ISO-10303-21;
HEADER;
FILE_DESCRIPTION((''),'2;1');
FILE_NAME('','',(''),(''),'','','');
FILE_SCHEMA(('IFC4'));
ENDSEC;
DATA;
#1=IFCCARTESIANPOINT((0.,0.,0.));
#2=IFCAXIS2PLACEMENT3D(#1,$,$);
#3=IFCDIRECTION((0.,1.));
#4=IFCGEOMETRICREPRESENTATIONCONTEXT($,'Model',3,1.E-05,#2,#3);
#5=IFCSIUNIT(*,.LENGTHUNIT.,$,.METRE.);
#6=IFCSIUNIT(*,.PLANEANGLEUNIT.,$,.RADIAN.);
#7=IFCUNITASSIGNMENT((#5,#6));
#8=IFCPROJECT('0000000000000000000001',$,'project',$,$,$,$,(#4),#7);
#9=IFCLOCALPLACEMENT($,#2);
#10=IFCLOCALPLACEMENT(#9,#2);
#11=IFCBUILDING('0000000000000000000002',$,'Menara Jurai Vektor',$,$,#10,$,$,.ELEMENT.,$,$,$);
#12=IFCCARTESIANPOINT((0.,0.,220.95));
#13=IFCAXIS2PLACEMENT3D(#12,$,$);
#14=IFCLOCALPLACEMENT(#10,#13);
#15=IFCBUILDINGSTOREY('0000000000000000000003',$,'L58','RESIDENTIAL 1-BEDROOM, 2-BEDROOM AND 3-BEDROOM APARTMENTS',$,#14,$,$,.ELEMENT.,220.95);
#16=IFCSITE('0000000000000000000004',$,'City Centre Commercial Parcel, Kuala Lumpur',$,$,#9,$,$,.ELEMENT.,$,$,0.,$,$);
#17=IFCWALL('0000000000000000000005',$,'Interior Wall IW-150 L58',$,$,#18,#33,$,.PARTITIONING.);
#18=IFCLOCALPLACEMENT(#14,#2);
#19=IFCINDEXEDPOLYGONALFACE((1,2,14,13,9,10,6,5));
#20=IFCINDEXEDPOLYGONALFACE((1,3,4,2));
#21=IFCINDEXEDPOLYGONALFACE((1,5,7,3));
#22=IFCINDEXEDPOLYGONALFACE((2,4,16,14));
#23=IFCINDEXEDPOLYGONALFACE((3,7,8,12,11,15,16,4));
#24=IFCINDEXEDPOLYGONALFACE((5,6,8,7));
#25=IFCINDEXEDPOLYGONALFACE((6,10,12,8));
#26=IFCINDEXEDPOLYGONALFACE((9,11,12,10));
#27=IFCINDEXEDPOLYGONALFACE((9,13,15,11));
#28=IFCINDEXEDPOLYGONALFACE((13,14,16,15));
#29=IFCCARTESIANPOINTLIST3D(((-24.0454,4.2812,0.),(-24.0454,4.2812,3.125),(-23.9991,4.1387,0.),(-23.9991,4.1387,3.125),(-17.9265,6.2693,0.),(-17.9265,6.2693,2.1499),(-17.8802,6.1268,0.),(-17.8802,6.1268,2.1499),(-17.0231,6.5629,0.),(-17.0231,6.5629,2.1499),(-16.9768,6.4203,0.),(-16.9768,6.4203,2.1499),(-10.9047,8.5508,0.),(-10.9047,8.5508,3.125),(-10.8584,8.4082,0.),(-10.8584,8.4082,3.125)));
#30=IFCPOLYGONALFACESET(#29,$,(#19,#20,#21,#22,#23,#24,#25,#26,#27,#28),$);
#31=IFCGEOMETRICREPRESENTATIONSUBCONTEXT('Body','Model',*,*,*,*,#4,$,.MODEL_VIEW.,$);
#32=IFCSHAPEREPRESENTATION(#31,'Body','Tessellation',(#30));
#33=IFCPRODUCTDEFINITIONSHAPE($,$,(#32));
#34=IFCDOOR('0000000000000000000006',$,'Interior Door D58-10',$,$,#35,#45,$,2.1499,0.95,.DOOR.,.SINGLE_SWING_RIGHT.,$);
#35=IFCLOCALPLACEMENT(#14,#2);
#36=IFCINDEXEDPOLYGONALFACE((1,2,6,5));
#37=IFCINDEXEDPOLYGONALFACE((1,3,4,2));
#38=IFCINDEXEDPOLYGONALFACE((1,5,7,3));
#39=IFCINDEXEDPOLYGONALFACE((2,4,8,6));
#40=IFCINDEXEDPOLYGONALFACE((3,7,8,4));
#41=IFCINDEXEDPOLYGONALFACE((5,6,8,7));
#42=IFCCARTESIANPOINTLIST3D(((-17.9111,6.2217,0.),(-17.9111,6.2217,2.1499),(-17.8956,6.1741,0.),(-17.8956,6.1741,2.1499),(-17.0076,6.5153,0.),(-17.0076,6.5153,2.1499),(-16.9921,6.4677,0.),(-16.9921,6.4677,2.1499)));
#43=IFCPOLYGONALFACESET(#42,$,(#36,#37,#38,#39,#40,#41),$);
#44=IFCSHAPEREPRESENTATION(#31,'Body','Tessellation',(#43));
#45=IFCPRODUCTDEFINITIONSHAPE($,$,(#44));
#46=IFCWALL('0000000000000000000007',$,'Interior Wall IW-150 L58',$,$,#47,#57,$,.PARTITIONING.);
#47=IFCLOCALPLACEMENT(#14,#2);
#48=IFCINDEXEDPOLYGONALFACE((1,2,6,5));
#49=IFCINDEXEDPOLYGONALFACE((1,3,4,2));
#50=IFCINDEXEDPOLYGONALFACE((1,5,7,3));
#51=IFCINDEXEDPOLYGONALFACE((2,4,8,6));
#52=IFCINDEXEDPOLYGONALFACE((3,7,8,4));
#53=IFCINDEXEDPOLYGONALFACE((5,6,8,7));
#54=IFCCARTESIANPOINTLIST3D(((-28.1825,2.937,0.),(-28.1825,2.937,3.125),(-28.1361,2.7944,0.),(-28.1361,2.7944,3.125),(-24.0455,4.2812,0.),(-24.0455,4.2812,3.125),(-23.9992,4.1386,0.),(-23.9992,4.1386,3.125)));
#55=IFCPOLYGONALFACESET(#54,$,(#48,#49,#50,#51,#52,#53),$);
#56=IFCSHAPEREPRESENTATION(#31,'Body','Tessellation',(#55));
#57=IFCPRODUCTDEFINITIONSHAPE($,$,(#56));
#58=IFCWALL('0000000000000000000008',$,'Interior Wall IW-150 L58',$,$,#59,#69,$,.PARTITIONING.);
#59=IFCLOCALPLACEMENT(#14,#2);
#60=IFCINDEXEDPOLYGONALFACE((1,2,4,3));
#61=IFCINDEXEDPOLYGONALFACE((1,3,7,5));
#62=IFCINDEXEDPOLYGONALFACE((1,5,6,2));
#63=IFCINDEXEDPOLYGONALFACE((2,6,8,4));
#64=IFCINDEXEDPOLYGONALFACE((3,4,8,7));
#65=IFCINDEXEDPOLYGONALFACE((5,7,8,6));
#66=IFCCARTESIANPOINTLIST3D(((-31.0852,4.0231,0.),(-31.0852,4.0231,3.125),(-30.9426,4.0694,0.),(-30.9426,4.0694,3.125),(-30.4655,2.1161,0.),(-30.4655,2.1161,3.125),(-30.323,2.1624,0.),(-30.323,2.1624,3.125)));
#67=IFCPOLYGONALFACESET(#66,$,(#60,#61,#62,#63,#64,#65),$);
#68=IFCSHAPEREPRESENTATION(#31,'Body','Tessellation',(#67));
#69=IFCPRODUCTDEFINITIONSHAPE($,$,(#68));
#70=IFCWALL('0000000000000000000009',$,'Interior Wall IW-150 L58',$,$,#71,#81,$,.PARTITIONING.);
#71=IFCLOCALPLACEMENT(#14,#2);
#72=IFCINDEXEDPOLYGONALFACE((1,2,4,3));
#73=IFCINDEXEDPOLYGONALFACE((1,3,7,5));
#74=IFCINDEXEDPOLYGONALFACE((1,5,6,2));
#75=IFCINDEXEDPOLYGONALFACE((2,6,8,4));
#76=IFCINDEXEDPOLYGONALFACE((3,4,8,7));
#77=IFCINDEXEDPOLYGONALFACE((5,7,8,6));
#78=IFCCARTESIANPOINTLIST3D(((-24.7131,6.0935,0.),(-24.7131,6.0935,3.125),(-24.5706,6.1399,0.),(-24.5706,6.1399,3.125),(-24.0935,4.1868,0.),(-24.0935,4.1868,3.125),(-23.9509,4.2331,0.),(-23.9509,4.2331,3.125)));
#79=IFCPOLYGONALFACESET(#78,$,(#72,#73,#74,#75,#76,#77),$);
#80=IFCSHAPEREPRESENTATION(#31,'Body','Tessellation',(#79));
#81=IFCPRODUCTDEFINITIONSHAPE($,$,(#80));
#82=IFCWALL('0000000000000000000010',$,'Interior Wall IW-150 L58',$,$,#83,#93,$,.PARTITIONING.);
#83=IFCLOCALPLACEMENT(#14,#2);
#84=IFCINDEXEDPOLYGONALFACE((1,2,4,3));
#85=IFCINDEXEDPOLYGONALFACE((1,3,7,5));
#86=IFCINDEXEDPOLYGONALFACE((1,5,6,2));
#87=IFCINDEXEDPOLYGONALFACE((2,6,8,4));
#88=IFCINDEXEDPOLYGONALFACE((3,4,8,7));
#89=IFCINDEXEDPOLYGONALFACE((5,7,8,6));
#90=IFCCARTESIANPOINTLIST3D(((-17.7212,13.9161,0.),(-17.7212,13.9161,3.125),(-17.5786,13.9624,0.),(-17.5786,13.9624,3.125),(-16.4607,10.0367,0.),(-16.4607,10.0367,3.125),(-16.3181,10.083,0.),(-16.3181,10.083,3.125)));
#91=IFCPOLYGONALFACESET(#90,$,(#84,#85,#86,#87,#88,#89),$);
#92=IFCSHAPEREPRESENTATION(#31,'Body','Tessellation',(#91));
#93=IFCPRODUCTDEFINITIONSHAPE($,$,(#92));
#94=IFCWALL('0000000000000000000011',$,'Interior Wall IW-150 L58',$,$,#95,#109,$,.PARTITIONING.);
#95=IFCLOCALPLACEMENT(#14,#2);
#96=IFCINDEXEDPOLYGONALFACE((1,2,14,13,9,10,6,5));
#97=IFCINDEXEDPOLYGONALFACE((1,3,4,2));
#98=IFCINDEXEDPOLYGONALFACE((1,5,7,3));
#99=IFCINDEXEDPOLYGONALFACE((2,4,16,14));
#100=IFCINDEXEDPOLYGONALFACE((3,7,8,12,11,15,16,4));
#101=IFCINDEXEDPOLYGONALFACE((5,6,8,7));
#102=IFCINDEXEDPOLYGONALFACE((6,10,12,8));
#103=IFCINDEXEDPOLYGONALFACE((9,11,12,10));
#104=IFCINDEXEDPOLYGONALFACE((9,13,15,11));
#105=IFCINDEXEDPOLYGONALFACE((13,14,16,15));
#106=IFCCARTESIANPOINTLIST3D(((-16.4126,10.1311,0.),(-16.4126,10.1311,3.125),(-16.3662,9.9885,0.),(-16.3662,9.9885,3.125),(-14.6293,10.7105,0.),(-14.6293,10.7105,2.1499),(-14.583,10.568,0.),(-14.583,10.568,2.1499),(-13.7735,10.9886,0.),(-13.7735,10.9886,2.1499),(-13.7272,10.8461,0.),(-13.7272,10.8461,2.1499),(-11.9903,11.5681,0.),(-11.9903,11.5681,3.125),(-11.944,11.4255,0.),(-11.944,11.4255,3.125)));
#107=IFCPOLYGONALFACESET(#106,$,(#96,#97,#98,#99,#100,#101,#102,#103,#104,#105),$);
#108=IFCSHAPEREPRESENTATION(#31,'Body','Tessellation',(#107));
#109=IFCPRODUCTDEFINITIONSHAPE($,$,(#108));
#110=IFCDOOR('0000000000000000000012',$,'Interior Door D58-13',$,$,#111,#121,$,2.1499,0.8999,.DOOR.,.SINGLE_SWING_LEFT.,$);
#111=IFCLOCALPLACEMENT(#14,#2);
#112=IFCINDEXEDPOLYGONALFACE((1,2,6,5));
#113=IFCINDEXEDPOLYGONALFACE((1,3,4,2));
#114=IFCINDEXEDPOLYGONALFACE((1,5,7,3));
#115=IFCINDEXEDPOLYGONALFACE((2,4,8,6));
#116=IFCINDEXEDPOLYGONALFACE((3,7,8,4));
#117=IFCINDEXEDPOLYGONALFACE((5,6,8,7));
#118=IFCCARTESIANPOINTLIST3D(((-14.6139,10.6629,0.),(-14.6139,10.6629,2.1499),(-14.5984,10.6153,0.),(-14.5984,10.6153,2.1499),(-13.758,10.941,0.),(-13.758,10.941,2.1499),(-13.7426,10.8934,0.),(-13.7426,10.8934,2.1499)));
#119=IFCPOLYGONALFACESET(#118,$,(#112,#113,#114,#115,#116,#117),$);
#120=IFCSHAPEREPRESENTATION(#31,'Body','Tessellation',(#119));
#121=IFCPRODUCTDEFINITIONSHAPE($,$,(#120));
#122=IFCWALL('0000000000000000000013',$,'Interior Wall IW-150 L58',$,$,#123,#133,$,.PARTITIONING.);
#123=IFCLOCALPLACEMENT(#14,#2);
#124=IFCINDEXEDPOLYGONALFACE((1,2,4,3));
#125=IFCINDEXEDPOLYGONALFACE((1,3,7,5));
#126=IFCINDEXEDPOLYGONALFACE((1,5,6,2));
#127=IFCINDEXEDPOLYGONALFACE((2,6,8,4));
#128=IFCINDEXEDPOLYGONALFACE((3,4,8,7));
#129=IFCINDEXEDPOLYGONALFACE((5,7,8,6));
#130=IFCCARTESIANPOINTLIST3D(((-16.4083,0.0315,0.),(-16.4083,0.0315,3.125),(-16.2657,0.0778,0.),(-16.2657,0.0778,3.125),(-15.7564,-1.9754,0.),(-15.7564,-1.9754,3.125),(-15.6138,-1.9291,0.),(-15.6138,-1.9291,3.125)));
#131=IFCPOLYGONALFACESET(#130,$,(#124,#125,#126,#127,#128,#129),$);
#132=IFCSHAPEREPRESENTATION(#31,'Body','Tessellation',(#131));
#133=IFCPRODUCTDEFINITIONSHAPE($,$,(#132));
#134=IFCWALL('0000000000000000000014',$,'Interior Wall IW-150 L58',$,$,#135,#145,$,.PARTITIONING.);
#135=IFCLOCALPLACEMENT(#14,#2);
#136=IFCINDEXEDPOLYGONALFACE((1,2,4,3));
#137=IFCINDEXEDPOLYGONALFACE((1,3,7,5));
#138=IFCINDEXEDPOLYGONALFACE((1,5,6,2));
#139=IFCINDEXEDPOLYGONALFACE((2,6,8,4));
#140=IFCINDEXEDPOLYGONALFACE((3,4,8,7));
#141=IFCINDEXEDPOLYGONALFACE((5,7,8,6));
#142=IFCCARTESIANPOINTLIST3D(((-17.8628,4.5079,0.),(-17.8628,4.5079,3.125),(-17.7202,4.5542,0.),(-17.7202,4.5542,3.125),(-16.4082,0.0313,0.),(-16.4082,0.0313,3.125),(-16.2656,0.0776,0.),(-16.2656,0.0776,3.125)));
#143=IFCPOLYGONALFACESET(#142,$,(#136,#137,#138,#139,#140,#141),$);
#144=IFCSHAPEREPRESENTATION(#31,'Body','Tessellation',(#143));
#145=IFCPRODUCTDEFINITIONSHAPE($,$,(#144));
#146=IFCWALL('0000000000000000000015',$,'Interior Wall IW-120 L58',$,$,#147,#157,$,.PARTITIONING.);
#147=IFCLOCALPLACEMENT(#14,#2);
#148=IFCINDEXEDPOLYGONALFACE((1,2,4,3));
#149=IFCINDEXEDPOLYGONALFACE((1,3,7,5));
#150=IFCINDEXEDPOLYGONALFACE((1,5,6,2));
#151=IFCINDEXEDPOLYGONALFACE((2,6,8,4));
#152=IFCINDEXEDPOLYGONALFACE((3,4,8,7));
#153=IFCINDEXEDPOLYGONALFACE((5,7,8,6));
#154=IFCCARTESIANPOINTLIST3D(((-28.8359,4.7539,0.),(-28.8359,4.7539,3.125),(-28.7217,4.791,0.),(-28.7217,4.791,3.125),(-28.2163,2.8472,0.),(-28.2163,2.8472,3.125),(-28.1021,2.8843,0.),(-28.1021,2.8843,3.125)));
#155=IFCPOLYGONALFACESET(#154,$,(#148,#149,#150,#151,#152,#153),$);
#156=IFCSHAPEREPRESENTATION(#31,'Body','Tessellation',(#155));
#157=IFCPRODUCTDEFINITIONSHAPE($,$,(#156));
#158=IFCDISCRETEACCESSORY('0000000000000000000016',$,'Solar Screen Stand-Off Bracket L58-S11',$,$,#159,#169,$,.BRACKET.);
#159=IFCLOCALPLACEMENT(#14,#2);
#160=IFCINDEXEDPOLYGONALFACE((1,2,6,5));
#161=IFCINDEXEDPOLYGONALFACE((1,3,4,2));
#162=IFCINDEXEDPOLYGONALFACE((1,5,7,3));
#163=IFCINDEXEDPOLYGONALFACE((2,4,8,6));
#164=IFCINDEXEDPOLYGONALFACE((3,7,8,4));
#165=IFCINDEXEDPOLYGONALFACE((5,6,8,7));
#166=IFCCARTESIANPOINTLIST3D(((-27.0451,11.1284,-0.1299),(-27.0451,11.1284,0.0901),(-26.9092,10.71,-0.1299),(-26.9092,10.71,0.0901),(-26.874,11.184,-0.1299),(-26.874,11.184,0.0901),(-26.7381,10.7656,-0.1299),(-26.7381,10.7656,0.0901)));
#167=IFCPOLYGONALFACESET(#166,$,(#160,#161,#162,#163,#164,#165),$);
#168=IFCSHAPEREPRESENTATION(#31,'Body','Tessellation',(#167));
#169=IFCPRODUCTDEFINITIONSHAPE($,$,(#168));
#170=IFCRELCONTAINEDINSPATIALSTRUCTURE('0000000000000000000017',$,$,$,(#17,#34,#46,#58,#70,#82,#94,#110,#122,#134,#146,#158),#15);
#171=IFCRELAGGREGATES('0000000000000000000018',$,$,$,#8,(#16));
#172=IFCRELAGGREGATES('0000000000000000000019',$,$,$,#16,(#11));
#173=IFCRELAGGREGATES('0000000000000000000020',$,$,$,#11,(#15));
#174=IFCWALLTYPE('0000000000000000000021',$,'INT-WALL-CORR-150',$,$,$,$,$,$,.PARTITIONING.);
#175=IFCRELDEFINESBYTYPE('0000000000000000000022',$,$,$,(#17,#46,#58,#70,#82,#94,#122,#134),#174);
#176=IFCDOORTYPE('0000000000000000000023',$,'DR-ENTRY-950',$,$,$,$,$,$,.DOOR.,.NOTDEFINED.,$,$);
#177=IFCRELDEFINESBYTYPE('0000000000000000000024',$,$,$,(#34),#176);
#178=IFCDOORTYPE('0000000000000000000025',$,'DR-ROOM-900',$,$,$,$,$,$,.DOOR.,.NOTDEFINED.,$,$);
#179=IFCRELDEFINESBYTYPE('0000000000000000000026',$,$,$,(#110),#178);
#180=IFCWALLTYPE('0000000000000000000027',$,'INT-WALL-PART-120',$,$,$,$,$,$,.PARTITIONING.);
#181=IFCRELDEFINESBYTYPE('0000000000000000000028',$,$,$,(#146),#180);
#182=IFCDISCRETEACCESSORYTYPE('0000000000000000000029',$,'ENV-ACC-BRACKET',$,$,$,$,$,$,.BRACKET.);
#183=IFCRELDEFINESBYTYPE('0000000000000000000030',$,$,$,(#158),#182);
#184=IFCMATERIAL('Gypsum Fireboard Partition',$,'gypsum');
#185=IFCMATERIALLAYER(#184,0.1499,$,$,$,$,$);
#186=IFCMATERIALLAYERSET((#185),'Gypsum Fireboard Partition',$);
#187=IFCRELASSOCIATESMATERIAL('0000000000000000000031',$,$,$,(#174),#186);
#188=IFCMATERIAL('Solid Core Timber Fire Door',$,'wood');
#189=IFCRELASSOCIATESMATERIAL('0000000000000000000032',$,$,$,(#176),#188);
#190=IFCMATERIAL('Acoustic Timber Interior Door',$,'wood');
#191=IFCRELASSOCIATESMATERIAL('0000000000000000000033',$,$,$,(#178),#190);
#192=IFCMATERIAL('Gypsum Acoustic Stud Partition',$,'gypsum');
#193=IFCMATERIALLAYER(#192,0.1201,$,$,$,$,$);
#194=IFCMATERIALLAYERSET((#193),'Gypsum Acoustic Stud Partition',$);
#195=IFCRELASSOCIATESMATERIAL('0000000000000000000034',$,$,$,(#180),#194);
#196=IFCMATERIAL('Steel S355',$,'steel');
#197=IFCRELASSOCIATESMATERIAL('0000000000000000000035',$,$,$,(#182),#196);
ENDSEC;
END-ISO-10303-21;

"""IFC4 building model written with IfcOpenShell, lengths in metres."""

from ifc_helpers import new_model, si_unit, direction, frame, frame_2d, origin, origin_2d, place, context, subcontext, project, spatial, rectangle, extrude, material, layer, layer_set, type_object, element, fill, save


model = new_model("IFC4")

# Units and contexts
model_context = context("Model", 3, precision=1e-05, world=origin(), true_north=direction((0.0, 1.0)))
body_context = subcontext(model_context, "Body", "Model", "MODEL_VIEW")
ifc_project = project(units=[si_unit("LENGTHUNIT", "METRE"), si_unit("PLANEANGLEUNIT", "RADIAN")], contexts=[model_context])

# Site, building, storey
site_placement = place(None, origin())
site = spatial("IfcSite", under=ifc_project, at=site_placement, Name="City Centre Commercial Parcel, Kuala Lumpur", CompositionType="ELEMENT", RefElevation=0.0)
building_placement = place(site_placement, origin())
building = spatial("IfcBuilding", under=site, at=building_placement, Name="Menara Jurai Vektor", CompositionType="ELEMENT")
storey_placement = place(building_placement, frame((0.0, 0.0, 220.95)))
storey = spatial("IfcBuildingStorey", under=building, at=storey_placement, Name="L58", Description="RESIDENTIAL 1-BEDROOM, 2-BEDROOM AND 3-BEDROOM APARTMENTS", CompositionType="ELEMENT", Elevation=220.95)

# Shared definitions
ifc_material_1 = material(Name="Steel S355", Category="steel")

# Wall, opening, door
ifc_material_2 = material(Name="Gypsum Fireboard Partition", Category="gypsum")
ifc_layer_1 = layer(ifc_material_2, 0.1499)
ifc_layer_set_1 = layer_set([ifc_layer_1], Name="Gypsum Fireboard Partition")
wall_type_1 = type_object("IfcWallType", Name="INT-WALL-CORR-150", PredefinedType="PARTITIONING", material=ifc_layer_set_1)
wall_1_placement = place(storey_placement, frame((-24.0222, 4.21, 0.0), z_axis=(0.0, 0.0, 1.0), x_axis=(0.951059, 0.309009, 0.0)))
wall_1 = element("IfcWall", 1, at=wall_1_placement, inside=storey, type_object=wall_type_1, Name="Interior Wall IW-150 L58", PredefinedType="PARTITIONING", context=body_context, shape_type="SweptSolid", body=[
    extrude(rectangle(XDim=13.8169, YDim=0.1499, at=frame_2d((6.9084, 0.0))), origin(), (0.0, 0.0, 1.0), 3.125),
])
opening_1_placement = place(wall_1_placement, frame((6.4336, 0.0, 0.0)))
opening_1 = element("IfcOpeningElement", 2, at=opening_1_placement, cuts=wall_1, PredefinedType="OPENING", context=body_context, shape_type="SweptSolid", body=[
    extrude(rectangle(XDim=0.95, YDim=2.1499, at=frame_2d((0.4751, 1.075))), frame((0.0, 0.085, 0.0), z_axis=(0.0, -1.0, 0.0), x_axis=(1.0, 0.0, 0.0)), (0.0, 0.0, 1.0), 0.1699),
])
ifc_material_3 = material(Name="Solid Core Timber Fire Door", Category="wood")
door_type_1 = type_object("IfcDoorType", Name="DR-ENTRY-950", OperationType="NOTDEFINED", PredefinedType="DOOR", material=ifc_material_3)
door_1_placement = place(opening_1_placement, origin())
door_1 = element("IfcDoor", 3, at=door_1_placement, inside=storey, type_object=door_type_1, Name="Interior Door D58-10", OperationType="SINGLE_SWING_RIGHT", OverallHeight=2.1499, OverallWidth=0.95, PredefinedType="DOOR", context=body_context, shape_type="SweptSolid", body=[
    extrude(rectangle(XDim=0.95, YDim=2.1499, at=frame_2d((0.4751, 1.075))), frame((0.0, 0.0249, 0.0), z_axis=(0.0, -1.0, 0.0), x_axis=(1.0, 0.0, 0.0)), (0.0, 0.0, 1.0), 0.05),
])
fill(opening_1, door_1)

# Wall
wall_2_placement = place(storey_placement, frame((-28.1592, 2.8657, 0.0), z_axis=(0.0, 0.0, 1.0), x_axis=(0.951053, 0.309029, 0.0)))
element("IfcWall", 4, at=wall_2_placement, inside=storey, type_object=wall_type_1, Name="Interior Wall IW-150 L58", PredefinedType="PARTITIONING", context=body_context, shape_type="SweptSolid", body=[
    extrude(rectangle(XDim=4.3499, YDim=0.1499, at=frame_2d((2.1748, 0.0))), origin(), (0.0, 0.0, 1.0), 3.125),
])

# Wall
wall_3_placement = place(storey_placement, frame((-30.3943, 2.1394, 0.0), z_axis=(0.0, 0.0, 1.0), x_axis=(-0.309023, 0.951055, 0.0)))
element("IfcWall", 5, at=wall_3_placement, inside=storey, type_object=wall_type_1, Name="Interior Wall IW-150 L58", PredefinedType="PARTITIONING", context=body_context, shape_type="SweptSolid", body=[
    extrude(rectangle(XDim=2.0051, YDim=0.1499, at=frame_2d((1.0024, 0.0))), origin(), (0.0, 0.0, 1.0), 3.125),
])

# Shared definitions
ifc_material_4 = material(Name="Acoustic Timber Interior Door", Category="wood")
door_type_2 = type_object("IfcDoorType", Name="DR-ROOM-900", OperationType="NOTDEFINED", PredefinedType="DOOR", material=ifc_material_4)

# Walls
wall_4_placement = place(storey_placement, frame((-24.0222, 4.21, 0.0), z_axis=(0.0, 0.0, 1.0), x_axis=(-0.309059, 0.951043, 0.0)))
element("IfcWall", 6, at=wall_4_placement, inside=storey, type_object=wall_type_1, Name="Interior Wall IW-150 L58", PredefinedType="PARTITIONING", context=body_context, shape_type="SweptSolid", body=[
    extrude(rectangle(XDim=2.0049, YDim=0.1499, at=frame_2d((1.0024, 0.0))), origin(), (0.0, 0.0, 1.0), 3.125),
])
wall_5_placement = place(storey_placement, frame((-16.3894, 10.0598, 0.0), z_axis=(0.0, 0.0, 1.0), x_axis=(-0.309018, 0.951056, 0.0)))
element("IfcWall", 7, at=wall_5_placement, inside=storey, type_object=wall_type_1, Name="Interior Wall IW-150 L58", PredefinedType="PARTITIONING", context=body_context, shape_type="SweptSolid", body=[
    extrude(rectangle(XDim=4.0791, YDim=0.1499, at=frame_2d((2.0396, 0.0))), origin(), (0.0, 0.0, 1.0), 3.125),
])

# Wall, opening, door
wall_6_placement = place(storey_placement, frame((-16.3894, 10.0598, 0.0), z_axis=(0.0, 0.0, 1.0), x_axis=(0.95105, 0.309036, 0.0)))
wall_6 = element("IfcWall", 8, at=wall_6_placement, inside=storey, type_object=wall_type_1, Name="Interior Wall IW-150 L58", PredefinedType="PARTITIONING", context=body_context, shape_type="SweptSolid", body=[
    extrude(rectangle(XDim=4.6499, YDim=0.1499, at=frame_2d((2.325, 0.0))), origin(), (0.0, 0.0, 1.0), 3.125),
])
opening_2_placement = place(wall_6_placement, frame((1.875, 0.0, 0.0)))
opening_2 = element("IfcOpeningElement", 9, at=opening_2_placement, cuts=wall_6, PredefinedType="OPENING", context=body_context, shape_type="SweptSolid", body=[
    extrude(rectangle(XDim=0.8999, YDim=2.1499, at=frame_2d((0.45, 1.075))), frame((0.0, 0.085, 0.0), z_axis=(0.0, -1.0, 0.0), x_axis=(1.0, 0.0, 0.0)), (0.0, 0.0, 1.0), 0.1699),
])
door_2_placement = place(opening_2_placement, origin())
door_2 = element("IfcDoor", 10, at=door_2_placement, inside=storey, type_object=door_type_2, Name="Interior Door D58-13", OperationType="SINGLE_SWING_LEFT", OverallHeight=2.1499, OverallWidth=0.8999, PredefinedType="DOOR", context=body_context, shape_type="SweptSolid", body=[
    extrude(rectangle(XDim=0.8999, YDim=2.1499, at=frame_2d((0.45, 1.075))), frame((0.0, 0.0249, 0.0), z_axis=(0.0, -1.0, 0.0), x_axis=(1.0, 0.0, 0.0)), (0.0, 0.0, 1.0), 0.05),
])
fill(opening_2, door_2)

# Walls
wall_7_placement = place(storey_placement, frame((-15.6851, -1.9524, 0.0), z_axis=(0.0, 0.0, 1.0), x_axis=(-0.308929, 0.951085, 0.0)))
element("IfcWall", 11, at=wall_7_placement, inside=storey, type_object=wall_type_1, Name="Interior Wall IW-150 L58", PredefinedType="PARTITIONING", context=body_context, shape_type="SweptSolid", body=[
    extrude(rectangle(XDim=2.1101, YDim=0.1499, at=frame_2d((1.0552, 0.0))), origin(), (0.0, 0.0, 1.0), 3.125),
])
wall_8_placement = place(storey_placement, frame((-16.3369, 0.0544, 0.0), z_axis=(0.0, 0.0, 1.0), x_axis=(-0.30903, 0.951052, 0.0)))
element("IfcWall", 12, at=wall_8_placement, inside=storey, type_object=wall_type_1, Name="Interior Wall IW-150 L58", PredefinedType="PARTITIONING", context=body_context, shape_type="SweptSolid", body=[
    extrude(rectangle(XDim=4.707, YDim=0.1499, at=frame_2d((2.3535, 0.0))), origin(), (0.0, 0.0, 1.0), 3.125),
])
ifc_material_5 = material(Name="Gypsum Acoustic Stud Partition", Category="gypsum")
ifc_layer_2 = layer(ifc_material_5, 0.1201)
ifc_layer_set_2 = layer_set([ifc_layer_2], Name="Gypsum Acoustic Stud Partition")
wall_type_2 = type_object("IfcWallType", Name="INT-WALL-PART-120", PredefinedType="PARTITIONING", material=ifc_layer_set_2)
wall_9_placement = place(storey_placement, frame((-28.1592, 2.8657, 0.0), z_axis=(0.0, 0.0, 1.0), x_axis=(-0.309059, 0.951043, 0.0)))
element("IfcWall", 13, at=wall_9_placement, inside=storey, type_object=wall_type_2, Name="Interior Wall IW-120 L58", PredefinedType="PARTITIONING", context=body_context, shape_type="SweptSolid", body=[
    extrude(rectangle(XDim=2.0049, YDim=0.1201, at=frame_2d((1.0024, 0.0))), origin(), (0.0, 0.0, 1.0), 3.125),
])

# Discrete accessory
discrete_accessory_type = type_object("IfcDiscreteAccessoryType", Name="ENV-ACC-BRACKET", PredefinedType="BRACKET", material=ifc_material_1)
discrete_accessory_placement = place(storey_placement, frame((-26.8916, 10.947, -0.1299), z_axis=(0.0, 0.0, 1.0), x_axis=(-0.951057, -0.309017, 0.0)))
element("IfcDiscreteAccessory", 14, at=discrete_accessory_placement, inside=storey, type_object=discrete_accessory_type, Name="Solar Screen Stand-Off Bracket L58-S11", PredefinedType="BRACKET", context=body_context, shape_type="SweptSolid", body=[
    extrude(rectangle(XDim=0.1799, YDim=0.4399, at=origin_2d()), origin(), (0.0, 0.0, 1.0), 0.22),
])

save(model, "model.ifc")
